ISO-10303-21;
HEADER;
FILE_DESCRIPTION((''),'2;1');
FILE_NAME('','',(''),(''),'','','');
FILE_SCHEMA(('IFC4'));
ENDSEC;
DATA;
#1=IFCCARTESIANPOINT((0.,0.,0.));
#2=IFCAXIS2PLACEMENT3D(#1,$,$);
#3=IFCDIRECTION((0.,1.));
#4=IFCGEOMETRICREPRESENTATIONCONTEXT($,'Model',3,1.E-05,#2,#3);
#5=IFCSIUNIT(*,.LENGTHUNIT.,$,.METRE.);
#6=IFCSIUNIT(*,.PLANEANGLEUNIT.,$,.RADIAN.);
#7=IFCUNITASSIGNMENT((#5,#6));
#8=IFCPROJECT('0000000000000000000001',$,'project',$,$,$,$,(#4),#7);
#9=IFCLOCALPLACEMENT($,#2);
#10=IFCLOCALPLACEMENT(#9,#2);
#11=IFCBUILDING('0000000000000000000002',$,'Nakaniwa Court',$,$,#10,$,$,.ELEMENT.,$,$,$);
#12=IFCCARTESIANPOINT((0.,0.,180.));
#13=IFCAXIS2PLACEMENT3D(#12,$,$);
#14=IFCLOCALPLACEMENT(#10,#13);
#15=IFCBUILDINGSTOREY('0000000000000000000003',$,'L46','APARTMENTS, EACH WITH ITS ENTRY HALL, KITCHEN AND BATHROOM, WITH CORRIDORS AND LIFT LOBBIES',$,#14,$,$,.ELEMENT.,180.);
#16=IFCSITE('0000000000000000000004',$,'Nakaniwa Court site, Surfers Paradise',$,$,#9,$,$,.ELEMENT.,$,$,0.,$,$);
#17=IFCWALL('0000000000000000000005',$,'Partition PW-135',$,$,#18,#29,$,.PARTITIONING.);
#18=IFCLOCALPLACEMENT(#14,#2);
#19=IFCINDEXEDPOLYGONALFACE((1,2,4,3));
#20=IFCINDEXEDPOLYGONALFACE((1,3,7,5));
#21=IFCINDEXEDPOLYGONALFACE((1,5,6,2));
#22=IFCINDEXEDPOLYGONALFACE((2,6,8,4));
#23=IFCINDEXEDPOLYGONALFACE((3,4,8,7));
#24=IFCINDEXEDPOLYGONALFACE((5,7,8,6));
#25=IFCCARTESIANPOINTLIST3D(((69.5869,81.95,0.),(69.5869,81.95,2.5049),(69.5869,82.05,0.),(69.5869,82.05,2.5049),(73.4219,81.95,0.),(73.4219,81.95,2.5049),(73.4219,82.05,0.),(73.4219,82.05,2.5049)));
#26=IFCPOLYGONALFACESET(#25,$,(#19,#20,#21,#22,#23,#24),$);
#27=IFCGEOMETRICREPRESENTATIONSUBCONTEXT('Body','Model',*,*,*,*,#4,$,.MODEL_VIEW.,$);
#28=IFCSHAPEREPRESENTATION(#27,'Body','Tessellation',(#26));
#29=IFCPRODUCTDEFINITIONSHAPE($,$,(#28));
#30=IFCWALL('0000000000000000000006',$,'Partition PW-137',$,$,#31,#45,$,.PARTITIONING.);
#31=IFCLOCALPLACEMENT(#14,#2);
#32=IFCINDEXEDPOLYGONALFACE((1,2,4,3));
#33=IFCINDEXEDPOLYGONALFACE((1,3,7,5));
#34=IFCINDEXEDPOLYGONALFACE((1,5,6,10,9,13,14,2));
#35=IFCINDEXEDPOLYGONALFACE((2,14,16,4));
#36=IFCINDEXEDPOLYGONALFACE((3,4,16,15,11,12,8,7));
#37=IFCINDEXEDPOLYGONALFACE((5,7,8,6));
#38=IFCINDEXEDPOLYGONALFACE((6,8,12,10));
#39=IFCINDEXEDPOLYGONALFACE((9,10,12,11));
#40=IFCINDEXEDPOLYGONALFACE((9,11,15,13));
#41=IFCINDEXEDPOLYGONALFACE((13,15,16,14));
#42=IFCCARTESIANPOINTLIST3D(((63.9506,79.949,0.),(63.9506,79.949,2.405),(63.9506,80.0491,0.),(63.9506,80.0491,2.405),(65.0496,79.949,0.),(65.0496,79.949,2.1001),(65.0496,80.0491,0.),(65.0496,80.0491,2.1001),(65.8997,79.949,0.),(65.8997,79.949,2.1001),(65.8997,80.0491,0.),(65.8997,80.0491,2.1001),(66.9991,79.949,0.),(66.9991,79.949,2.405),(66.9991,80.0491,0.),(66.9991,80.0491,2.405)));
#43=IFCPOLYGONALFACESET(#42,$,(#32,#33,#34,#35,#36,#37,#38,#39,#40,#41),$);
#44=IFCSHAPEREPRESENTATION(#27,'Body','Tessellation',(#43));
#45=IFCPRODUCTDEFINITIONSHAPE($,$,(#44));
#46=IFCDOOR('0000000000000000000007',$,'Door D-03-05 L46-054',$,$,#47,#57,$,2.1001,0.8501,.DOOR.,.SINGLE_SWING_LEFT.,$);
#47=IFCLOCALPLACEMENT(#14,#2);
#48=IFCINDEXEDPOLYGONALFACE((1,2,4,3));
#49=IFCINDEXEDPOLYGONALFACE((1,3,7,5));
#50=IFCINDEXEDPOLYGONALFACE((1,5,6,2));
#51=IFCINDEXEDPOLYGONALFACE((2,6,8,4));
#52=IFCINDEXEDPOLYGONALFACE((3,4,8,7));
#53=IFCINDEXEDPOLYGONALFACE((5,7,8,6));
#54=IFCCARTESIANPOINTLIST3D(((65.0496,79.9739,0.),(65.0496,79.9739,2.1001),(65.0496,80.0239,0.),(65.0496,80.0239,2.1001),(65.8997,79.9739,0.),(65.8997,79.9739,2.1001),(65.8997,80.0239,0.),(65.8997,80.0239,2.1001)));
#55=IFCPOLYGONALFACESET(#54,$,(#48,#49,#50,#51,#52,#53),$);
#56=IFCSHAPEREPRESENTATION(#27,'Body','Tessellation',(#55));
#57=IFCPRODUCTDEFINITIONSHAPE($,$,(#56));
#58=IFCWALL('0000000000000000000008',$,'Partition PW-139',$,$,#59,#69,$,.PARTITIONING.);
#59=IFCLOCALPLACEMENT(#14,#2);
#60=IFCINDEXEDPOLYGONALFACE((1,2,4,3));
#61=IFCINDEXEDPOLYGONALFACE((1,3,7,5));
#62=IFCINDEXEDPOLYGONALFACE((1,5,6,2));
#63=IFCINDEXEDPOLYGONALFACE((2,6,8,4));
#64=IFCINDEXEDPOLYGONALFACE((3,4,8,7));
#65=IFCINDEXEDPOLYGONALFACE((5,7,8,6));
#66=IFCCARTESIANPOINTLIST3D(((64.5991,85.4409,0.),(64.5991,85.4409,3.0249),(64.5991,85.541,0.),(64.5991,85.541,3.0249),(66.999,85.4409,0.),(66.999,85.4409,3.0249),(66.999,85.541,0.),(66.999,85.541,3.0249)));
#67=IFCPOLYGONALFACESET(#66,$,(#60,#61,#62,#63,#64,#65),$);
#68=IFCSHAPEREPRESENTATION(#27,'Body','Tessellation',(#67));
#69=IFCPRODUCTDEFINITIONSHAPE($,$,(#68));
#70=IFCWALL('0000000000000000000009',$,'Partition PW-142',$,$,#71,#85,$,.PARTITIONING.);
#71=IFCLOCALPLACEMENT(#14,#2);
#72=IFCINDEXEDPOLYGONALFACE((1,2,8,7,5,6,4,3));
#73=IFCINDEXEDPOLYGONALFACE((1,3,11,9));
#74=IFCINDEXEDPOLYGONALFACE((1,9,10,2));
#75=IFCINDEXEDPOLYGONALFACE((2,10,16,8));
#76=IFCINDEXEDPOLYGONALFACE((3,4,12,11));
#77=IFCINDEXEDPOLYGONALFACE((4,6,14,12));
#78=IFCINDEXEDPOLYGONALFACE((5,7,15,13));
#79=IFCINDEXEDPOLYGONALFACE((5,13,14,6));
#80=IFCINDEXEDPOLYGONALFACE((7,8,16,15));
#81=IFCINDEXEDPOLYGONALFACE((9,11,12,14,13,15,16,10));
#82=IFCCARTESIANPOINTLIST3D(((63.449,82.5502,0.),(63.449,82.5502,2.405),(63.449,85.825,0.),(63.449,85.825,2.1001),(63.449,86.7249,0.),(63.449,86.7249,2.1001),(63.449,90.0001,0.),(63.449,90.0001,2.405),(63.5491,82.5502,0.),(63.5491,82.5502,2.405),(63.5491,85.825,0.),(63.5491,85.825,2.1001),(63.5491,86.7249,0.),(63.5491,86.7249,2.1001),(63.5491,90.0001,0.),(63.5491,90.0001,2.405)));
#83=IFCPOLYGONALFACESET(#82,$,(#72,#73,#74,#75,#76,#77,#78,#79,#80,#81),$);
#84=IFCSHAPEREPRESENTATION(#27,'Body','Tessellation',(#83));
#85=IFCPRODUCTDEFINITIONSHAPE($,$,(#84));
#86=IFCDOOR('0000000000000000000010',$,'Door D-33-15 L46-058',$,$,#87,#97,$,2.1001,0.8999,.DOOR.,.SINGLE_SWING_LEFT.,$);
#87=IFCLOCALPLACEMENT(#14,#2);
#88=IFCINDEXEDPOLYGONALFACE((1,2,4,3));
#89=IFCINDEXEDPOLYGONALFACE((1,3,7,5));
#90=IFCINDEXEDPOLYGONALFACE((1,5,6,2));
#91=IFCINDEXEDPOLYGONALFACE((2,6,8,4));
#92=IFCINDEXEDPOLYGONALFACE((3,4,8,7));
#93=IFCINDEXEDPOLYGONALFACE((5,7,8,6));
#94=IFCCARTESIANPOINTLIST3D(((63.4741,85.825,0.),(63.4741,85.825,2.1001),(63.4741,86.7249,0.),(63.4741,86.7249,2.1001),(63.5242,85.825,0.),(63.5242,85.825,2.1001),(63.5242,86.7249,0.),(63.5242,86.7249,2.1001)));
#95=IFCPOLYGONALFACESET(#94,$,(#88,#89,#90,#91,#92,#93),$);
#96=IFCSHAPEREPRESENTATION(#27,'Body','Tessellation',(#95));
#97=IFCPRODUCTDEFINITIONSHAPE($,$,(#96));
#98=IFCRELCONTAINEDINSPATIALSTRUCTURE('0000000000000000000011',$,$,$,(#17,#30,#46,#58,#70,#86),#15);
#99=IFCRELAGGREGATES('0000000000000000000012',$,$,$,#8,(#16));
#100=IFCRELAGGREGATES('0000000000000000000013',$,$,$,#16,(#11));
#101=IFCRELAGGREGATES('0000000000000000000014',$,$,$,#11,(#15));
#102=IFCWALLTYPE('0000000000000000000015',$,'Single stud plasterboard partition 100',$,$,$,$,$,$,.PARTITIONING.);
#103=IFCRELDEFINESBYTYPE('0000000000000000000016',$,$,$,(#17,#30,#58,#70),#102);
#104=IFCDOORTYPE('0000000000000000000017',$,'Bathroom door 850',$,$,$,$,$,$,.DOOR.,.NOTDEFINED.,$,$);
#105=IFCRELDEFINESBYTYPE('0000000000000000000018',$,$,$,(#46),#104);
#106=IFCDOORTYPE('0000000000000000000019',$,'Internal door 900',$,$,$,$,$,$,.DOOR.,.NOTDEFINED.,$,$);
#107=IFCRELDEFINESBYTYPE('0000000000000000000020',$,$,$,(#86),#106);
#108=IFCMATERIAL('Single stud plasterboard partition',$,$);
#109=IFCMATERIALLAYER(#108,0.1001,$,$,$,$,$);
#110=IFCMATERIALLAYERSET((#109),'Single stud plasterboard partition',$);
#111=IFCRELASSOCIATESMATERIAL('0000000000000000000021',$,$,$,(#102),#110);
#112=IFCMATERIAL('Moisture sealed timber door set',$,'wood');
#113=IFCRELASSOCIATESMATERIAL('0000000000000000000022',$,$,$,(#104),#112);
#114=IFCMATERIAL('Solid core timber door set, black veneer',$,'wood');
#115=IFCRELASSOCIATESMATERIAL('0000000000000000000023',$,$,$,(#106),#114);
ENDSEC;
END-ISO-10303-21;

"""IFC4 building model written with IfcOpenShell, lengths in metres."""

from ifc_helpers import new_model, si_unit, direction, frame, frame_2d, origin, place, context, subcontext, project, spatial, rectangle, extrude, material, layer, layer_set, type_object, element, fill, save


model = new_model("IFC4")

# Units and contexts
model_context = context("Model", 3, precision=1e-05, world=origin(), true_north=direction((0.0, 1.0)))
body_context = subcontext(model_context, "Body", "Model", "MODEL_VIEW")
ifc_project = project(units=[si_unit("LENGTHUNIT", "METRE"), si_unit("PLANEANGLEUNIT", "RADIAN")], contexts=[model_context])

# Site, building, storey
site_placement = place(None, origin())
site = spatial("IfcSite", under=ifc_project, at=site_placement, Name="Nakaniwa Court site, Surfers Paradise", CompositionType="ELEMENT", RefElevation=0.0)
building_placement = place(site_placement, origin())
building = spatial("IfcBuilding", under=site, at=building_placement, Name="Nakaniwa Court", CompositionType="ELEMENT")
storey_placement = place(building_placement, frame((0.0, 0.0, 180.0)))
storey = spatial("IfcBuildingStorey", under=building, at=storey_placement, Name="L46", Description="APARTMENTS, EACH WITH ITS ENTRY HALL, KITCHEN AND BATHROOM, WITH CORRIDORS AND LIFT LOBBIES", CompositionType="ELEMENT", Elevation=180.0)

# Wall
ifc_material_1 = material(Name="Single stud plasterboard partition")
ifc_layer_1 = layer(ifc_material_1, 0.1001)
ifc_layer_set_1 = layer_set([ifc_layer_1], Name="Single stud plasterboard partition")
wall_type_1 = type_object("IfcWallType", Name="Single stud plasterboard partition 100", PredefinedType="PARTITIONING", material=ifc_layer_set_1)
wall_1_placement = place(storey_placement, frame((69.5869, 82.0, 0.0), z_axis=(0.0, 0.0, 1.0), x_axis=(1.0, 0.0, 0.0)))
element("IfcWall", 1, at=wall_1_placement, inside=storey, type_object=wall_type_1, Name="Partition PW-135", PredefinedType="PARTITIONING", context=body_context, shape_type="SweptSolid", body=[
    extrude(rectangle(XDim=3.835, YDim=0.1001, at=frame_2d((1.9175, 0.0))), origin(), (0.0, 0.0, 1.0), 2.5049),
])

# Wall, opening, door
wall_2_placement = place(storey_placement, frame((63.9504, 79.999, 0.0), z_axis=(0.0, 0.0, 1.0), x_axis=(1.0, 0.0, 0.0)))
wall_2 = element("IfcWall", 2, at=wall_2_placement, inside=storey, type_object=wall_type_1, Name="Partition PW-137", PredefinedType="PARTITIONING", context=body_context, shape_type="SweptSolid", body=[
    extrude(rectangle(XDim=3.0486, YDim=0.1001, at=frame_2d((1.5244, 0.0))), origin(), (0.0, 0.0, 1.0), 2.405),
])
opening_1_placement = place(wall_2_placement, frame((1.0991, 0.0, 0.0)))
opening_1 = element("IfcOpeningElement", 3, at=opening_1_placement, cuts=wall_2, PredefinedType="OPENING", context=body_context, shape_type="SweptSolid", body=[
    extrude(rectangle(XDim=0.8501, YDim=2.1001, at=frame_2d((0.425, 1.05))), frame((0.0, 0.0601, 0.0), z_axis=(0.0, -1.0, 0.0), x_axis=(1.0, 0.0, 0.0)), (0.0, 0.0, 1.0), 0.1201),
])
ifc_material_2 = material(Name="Moisture sealed timber door set", Category="wood")
door_type_1 = type_object("IfcDoorType", Name="Bathroom door 850", OperationType="NOTDEFINED", PredefinedType="DOOR", material=ifc_material_2)
door_1_placement = place(opening_1_placement, origin())
door_1 = element("IfcDoor", 4, at=door_1_placement, inside=storey, type_object=door_type_1, Name="Door D-03-05 L46-054", OperationType="SINGLE_SWING_LEFT", OverallHeight=2.1001, OverallWidth=0.8501, PredefinedType="DOOR", context=body_context, shape_type="SweptSolid", body=[
    extrude(rectangle(XDim=0.8501, YDim=2.1001, at=frame_2d((0.425, 1.05))), frame((0.0, 0.0249, 0.0), z_axis=(0.0, -1.0, 0.0), x_axis=(1.0, 0.0, 0.0)), (0.0, 0.0, 1.0), 0.05),
])
fill(opening_1, door_1)

# Wall
wall_3_placement = place(storey_placement, frame((64.5991, 85.491, 0.0), z_axis=(0.0, 0.0, 1.0), x_axis=(1.0, 0.0, 0.0)))
element("IfcWall", 5, at=wall_3_placement, inside=storey, type_object=wall_type_1, Name="Partition PW-139", PredefinedType="PARTITIONING", context=body_context, shape_type="SweptSolid", body=[
    extrude(rectangle(XDim=2.3999, YDim=0.1001, at=frame_2d((1.2, 0.0))), origin(), (0.0, 0.0, 1.0), 3.0249),
])

# Wall, opening, door
wall_4_placement = place(storey_placement, frame((63.499, 82.55, 0.0), z_axis=(0.0, 0.0, 1.0), x_axis=(0.0, 1.0, 0.0)))
wall_4 = element("IfcWall", 6, at=wall_4_placement, inside=storey, type_object=wall_type_1, Name="Partition PW-142", PredefinedType="PARTITIONING", context=body_context, shape_type="SweptSolid", body=[
    extrude(rectangle(XDim=7.45, YDim=0.1001, at=frame_2d((3.7251, 0.0))), origin(), (0.0, 0.0, 1.0), 2.405),
])
opening_2_placement = place(wall_4_placement, frame((3.2749, 0.0, 0.0)))
opening_2 = element("IfcOpeningElement", 7, at=opening_2_placement, cuts=wall_4, PredefinedType="OPENING", context=body_context, shape_type="SweptSolid", body=[
    extrude(rectangle(XDim=0.8999, YDim=2.1001, at=frame_2d((0.45, 1.05))), frame((0.0, 0.0601, 0.0), z_axis=(0.0, -1.0, 0.0), x_axis=(1.0, 0.0, 0.0)), (0.0, 0.0, 1.0), 0.1201),
])
ifc_material_3 = material(Name="Solid core timber door set, black veneer", Category="wood")
door_type_2 = type_object("IfcDoorType", Name="Internal door 900", OperationType="NOTDEFINED", PredefinedType="DOOR", material=ifc_material_3)
door_2_placement = place(opening_2_placement, origin())
door_2 = element("IfcDoor", 8, at=door_2_placement, inside=storey, type_object=door_type_2, Name="Door D-33-15 L46-058", OperationType="SINGLE_SWING_LEFT", OverallHeight=2.1001, OverallWidth=0.8999, PredefinedType="DOOR", context=body_context, shape_type="SweptSolid", body=[
    extrude(rectangle(XDim=0.8999, YDim=2.1001, at=frame_2d((0.45, 1.05))), frame((0.0, 0.0249, 0.0), z_axis=(0.0, -1.0, 0.0), x_axis=(1.0, 0.0, 0.0)), (0.0, 0.0, 1.0), 0.05),
])
fill(opening_2, door_2)

save(model, "model.ifc")
